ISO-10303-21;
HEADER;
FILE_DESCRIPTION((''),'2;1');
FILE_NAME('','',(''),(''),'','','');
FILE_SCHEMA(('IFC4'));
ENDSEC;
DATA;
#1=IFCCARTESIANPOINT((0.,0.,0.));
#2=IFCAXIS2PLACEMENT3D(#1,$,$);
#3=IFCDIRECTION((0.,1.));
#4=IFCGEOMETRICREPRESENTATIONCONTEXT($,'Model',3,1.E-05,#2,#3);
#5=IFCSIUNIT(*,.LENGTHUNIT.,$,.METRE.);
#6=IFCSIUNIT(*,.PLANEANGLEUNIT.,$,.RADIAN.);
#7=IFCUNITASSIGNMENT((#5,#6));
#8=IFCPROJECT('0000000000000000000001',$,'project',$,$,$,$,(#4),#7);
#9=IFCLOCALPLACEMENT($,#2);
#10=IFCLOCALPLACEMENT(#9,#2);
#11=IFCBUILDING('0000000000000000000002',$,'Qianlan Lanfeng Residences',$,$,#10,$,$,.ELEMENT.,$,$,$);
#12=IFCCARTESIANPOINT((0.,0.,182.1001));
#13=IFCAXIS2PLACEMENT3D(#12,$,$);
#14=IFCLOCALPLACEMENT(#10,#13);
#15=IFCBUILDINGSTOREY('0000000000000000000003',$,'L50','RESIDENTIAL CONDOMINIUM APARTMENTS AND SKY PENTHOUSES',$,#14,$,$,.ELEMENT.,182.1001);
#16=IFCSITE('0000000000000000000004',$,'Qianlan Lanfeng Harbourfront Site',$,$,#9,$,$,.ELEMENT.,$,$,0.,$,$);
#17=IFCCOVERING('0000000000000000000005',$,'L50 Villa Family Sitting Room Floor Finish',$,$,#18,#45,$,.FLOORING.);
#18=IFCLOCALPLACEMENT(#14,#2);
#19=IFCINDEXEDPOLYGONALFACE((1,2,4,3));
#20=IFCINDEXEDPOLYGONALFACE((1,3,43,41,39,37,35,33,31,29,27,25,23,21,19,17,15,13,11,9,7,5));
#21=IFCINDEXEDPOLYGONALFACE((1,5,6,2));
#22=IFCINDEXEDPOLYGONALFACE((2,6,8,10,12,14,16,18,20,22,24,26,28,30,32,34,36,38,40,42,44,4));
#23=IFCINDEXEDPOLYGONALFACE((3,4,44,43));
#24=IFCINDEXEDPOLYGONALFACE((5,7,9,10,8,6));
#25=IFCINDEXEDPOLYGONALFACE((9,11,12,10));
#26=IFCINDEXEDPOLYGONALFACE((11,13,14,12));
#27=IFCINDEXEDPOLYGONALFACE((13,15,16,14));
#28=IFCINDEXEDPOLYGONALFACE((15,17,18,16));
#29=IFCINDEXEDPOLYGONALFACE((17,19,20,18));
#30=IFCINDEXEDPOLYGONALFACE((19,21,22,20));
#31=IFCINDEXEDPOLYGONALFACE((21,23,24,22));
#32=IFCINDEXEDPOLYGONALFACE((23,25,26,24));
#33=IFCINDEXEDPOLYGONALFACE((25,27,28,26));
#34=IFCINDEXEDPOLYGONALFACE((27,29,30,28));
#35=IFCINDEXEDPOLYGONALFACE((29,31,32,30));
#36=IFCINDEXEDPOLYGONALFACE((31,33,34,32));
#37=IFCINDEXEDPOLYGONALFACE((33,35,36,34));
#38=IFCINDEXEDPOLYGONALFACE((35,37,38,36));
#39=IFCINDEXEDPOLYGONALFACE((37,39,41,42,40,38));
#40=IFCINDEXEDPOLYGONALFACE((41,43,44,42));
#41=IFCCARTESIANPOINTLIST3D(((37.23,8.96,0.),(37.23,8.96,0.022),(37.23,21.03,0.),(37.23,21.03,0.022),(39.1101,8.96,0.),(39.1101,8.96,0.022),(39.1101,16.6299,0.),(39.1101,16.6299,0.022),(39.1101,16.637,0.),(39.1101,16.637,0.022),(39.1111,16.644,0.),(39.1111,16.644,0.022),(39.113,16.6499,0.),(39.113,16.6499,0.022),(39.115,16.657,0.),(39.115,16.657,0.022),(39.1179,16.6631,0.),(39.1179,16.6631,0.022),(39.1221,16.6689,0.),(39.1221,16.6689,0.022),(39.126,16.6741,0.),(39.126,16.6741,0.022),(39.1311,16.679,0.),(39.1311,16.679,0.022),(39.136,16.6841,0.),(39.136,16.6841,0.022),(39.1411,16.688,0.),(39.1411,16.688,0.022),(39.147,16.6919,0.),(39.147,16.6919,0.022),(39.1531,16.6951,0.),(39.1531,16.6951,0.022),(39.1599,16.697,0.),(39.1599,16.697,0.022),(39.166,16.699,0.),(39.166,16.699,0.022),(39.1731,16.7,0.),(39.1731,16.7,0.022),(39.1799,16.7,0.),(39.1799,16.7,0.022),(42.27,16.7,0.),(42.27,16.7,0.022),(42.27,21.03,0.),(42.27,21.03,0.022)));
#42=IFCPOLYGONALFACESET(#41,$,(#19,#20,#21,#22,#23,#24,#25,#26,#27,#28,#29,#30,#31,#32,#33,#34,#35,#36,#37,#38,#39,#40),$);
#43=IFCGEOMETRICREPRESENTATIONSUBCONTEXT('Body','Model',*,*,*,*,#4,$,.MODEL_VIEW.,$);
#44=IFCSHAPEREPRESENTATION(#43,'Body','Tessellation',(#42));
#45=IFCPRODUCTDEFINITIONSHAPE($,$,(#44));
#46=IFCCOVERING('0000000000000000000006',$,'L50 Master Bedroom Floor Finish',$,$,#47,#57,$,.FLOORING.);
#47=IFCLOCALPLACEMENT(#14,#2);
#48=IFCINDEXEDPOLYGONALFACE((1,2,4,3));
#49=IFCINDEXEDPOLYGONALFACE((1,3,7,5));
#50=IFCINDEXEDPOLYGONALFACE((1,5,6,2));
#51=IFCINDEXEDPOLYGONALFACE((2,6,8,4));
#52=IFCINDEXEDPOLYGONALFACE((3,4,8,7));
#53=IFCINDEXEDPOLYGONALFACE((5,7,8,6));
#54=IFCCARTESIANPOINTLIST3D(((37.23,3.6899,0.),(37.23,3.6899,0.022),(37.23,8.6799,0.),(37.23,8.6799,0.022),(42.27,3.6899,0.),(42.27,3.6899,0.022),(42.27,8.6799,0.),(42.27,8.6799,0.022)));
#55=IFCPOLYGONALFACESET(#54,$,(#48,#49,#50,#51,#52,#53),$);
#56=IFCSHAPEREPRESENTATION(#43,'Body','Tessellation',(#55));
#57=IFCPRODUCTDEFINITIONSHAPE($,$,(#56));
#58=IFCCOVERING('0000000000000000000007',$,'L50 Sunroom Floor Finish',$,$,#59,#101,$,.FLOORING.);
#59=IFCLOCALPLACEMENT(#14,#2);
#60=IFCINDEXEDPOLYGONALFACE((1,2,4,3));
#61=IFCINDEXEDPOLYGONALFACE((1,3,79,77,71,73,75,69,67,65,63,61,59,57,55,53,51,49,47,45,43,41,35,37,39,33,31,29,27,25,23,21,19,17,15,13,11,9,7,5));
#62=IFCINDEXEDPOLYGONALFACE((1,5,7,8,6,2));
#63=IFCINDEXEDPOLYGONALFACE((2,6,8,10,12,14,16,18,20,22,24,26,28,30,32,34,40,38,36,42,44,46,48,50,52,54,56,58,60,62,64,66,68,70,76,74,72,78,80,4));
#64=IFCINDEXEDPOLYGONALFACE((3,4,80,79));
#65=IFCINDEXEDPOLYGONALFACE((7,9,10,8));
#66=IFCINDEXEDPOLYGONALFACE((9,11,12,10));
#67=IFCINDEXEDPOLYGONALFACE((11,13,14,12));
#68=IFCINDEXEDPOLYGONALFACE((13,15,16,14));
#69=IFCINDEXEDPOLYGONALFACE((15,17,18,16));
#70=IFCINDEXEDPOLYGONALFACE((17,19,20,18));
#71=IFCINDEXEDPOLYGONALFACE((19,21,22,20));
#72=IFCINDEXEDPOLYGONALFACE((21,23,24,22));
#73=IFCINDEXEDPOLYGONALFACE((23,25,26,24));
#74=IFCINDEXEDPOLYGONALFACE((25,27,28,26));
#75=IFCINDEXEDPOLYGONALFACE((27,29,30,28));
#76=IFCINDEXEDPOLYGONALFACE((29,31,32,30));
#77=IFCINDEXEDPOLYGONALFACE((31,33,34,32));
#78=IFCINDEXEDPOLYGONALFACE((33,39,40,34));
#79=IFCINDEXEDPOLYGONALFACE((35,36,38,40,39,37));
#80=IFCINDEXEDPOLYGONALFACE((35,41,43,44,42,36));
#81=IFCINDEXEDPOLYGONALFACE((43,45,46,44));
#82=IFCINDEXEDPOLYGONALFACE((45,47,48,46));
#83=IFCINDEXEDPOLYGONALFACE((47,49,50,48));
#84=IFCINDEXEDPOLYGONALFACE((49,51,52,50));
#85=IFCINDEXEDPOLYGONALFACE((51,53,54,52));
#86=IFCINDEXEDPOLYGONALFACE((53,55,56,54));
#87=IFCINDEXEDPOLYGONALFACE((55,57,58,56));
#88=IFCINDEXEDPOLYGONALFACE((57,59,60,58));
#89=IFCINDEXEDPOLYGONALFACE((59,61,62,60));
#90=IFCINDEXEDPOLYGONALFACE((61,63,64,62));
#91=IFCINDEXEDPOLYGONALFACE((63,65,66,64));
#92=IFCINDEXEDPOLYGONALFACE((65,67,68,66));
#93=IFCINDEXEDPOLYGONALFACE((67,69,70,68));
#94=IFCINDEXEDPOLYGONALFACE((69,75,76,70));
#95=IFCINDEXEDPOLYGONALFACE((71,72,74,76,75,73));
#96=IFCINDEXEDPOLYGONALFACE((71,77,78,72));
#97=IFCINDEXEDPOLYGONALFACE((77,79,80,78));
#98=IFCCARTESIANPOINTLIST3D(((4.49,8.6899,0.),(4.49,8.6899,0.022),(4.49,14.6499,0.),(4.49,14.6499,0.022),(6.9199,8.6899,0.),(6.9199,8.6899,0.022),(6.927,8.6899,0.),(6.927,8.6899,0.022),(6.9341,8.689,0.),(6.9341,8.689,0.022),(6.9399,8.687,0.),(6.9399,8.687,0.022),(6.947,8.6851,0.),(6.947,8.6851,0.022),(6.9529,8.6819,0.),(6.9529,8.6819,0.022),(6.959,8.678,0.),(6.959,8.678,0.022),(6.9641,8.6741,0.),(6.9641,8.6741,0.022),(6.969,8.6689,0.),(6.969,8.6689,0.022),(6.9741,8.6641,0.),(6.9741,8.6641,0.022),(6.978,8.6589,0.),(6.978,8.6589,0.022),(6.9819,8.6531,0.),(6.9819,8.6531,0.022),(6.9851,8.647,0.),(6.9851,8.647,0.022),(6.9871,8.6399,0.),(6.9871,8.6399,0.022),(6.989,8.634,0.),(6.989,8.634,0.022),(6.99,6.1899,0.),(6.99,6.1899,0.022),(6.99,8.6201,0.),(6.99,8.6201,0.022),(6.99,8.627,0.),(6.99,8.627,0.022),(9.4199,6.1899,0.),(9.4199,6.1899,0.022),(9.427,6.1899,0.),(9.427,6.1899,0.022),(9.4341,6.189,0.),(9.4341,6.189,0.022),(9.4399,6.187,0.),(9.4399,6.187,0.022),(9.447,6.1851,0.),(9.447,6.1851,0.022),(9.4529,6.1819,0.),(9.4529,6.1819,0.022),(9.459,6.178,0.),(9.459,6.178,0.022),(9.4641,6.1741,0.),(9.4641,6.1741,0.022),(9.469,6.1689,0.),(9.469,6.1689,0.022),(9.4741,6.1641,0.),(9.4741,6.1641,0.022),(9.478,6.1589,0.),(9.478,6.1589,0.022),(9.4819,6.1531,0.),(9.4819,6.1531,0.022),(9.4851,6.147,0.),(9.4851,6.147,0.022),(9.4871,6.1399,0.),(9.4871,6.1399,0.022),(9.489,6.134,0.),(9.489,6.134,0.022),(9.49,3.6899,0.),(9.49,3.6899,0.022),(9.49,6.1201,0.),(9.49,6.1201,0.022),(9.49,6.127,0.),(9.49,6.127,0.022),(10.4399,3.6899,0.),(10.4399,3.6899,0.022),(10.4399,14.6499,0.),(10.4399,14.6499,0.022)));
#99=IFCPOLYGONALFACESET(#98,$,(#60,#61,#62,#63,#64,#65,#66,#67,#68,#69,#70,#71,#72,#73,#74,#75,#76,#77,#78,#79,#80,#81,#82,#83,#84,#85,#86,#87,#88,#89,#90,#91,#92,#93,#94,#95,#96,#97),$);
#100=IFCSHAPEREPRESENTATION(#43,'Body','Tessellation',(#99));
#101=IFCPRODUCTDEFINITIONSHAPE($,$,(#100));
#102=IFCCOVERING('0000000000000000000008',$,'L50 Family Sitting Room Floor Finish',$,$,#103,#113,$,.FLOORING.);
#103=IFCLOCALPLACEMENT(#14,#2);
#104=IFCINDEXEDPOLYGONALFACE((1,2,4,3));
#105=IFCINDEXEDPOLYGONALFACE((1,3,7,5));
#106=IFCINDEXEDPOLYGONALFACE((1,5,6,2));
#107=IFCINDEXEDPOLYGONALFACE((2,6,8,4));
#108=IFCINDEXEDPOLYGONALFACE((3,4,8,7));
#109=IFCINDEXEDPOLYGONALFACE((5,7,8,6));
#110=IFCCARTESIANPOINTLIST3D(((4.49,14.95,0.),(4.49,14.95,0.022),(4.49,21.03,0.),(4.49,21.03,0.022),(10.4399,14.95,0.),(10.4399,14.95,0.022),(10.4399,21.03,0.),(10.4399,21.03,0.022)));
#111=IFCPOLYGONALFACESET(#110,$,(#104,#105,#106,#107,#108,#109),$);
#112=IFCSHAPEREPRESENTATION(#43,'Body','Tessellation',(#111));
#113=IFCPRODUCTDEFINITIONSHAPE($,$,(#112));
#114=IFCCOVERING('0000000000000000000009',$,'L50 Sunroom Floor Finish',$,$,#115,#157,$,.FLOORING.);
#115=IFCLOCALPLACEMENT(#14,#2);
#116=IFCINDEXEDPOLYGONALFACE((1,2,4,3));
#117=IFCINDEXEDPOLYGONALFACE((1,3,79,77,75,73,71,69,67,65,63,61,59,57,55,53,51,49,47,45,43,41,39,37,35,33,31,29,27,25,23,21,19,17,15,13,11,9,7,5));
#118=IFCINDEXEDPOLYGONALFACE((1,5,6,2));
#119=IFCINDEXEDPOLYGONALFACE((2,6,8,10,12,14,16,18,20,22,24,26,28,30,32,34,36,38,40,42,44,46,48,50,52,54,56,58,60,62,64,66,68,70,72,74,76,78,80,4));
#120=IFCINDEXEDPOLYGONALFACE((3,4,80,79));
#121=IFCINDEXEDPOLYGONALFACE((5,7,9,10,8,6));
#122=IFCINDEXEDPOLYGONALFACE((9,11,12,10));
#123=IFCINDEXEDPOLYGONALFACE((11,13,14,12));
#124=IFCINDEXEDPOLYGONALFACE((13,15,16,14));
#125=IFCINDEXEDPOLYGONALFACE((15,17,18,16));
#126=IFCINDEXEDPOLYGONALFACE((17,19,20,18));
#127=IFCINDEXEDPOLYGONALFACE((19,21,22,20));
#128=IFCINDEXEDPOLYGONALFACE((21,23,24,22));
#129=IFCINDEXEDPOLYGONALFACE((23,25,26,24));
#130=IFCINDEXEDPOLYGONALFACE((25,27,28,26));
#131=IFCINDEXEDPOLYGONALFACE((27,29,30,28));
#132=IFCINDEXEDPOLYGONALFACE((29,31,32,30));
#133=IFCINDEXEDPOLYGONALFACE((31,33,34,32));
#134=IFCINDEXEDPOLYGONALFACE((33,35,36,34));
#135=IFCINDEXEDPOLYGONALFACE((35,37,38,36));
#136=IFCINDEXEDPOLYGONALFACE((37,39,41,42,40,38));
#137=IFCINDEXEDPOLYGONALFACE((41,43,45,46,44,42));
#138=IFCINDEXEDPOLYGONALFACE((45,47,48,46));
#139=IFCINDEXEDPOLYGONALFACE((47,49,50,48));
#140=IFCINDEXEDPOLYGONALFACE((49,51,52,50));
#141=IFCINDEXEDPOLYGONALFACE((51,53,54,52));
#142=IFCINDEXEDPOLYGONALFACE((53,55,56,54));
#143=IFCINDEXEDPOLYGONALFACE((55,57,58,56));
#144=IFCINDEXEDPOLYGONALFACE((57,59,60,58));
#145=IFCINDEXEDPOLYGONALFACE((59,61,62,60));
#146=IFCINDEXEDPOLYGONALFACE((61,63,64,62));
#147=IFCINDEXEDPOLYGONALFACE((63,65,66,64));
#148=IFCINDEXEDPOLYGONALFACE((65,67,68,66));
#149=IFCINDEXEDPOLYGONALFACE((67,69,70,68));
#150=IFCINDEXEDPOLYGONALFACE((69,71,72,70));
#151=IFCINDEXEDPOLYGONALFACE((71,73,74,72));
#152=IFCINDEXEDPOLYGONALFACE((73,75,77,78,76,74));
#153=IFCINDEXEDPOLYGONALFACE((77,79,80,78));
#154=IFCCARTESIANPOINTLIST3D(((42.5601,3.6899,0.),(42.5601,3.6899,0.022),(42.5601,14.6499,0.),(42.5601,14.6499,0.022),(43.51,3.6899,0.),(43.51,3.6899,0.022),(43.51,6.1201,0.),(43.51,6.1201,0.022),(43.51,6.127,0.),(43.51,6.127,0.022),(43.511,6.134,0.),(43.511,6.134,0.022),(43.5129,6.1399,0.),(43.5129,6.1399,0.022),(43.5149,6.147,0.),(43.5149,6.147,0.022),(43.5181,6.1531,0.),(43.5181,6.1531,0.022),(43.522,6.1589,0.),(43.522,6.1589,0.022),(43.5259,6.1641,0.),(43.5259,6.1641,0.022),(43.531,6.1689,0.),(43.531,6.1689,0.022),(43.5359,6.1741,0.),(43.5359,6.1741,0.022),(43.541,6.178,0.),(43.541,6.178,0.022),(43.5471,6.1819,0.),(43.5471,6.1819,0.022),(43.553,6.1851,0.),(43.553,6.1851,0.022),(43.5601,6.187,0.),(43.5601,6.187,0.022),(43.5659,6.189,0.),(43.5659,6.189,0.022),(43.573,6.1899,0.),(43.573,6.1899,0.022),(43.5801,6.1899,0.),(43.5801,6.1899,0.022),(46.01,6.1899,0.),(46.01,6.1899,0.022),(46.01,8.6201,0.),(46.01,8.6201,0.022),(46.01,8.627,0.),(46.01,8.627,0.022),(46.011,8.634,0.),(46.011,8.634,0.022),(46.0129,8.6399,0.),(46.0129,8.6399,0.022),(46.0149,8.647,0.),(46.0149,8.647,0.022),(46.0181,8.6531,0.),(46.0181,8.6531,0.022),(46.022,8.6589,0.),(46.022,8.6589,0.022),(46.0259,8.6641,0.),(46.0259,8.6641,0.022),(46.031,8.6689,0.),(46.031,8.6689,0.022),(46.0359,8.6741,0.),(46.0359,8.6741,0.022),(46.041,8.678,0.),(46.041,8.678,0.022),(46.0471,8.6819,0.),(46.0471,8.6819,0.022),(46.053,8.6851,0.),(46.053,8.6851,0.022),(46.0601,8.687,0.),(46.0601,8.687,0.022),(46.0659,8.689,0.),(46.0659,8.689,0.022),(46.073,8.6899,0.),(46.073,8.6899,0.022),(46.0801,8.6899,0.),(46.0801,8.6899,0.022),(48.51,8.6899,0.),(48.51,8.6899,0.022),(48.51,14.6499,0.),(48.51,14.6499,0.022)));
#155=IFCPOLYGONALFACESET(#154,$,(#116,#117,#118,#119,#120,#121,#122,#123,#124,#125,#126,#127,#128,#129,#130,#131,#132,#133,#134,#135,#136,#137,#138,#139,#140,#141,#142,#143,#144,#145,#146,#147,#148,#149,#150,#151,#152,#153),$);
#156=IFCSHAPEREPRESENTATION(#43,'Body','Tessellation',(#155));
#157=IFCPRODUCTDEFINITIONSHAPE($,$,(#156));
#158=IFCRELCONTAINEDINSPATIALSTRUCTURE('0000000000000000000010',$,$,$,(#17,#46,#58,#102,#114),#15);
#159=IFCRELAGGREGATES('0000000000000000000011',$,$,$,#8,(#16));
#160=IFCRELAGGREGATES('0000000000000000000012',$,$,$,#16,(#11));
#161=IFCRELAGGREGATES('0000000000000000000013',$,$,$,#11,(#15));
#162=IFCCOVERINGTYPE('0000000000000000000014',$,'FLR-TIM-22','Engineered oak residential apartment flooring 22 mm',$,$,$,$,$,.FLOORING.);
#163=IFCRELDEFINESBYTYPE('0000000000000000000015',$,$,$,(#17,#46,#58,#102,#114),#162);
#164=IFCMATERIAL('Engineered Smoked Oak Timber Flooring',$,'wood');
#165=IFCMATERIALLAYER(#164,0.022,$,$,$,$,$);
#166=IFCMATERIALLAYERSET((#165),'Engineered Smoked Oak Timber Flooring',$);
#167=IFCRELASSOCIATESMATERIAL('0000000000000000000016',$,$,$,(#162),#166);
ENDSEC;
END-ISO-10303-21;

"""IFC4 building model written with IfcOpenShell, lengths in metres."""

from ifc_helpers import new_model, si_unit, direction, frame, origin, place, context, subcontext, project, spatial, polyline, outline, extrude, material, layer, layer_set, type_object, element, save


model = new_model("IFC4")

# Units and contexts
model_context = context("Model", 3, precision=1e-05, world=origin(), true_north=direction((0.0, 1.0)))
body_context = subcontext(model_context, "Body", "Model", "MODEL_VIEW")
ifc_project = project(units=[si_unit("LENGTHUNIT", "METRE"), si_unit("PLANEANGLEUNIT", "RADIAN")], contexts=[model_context])

# Site, building, storey
site_placement = place(None, origin())
site = spatial("IfcSite", under=ifc_project, at=site_placement, Name="Qianlan Lanfeng Harbourfront Site", CompositionType="ELEMENT", RefElevation=0.0)
building_placement = place(site_placement, origin())
building = spatial("IfcBuilding", under=site, at=building_placement, Name="Qianlan Lanfeng Residences", CompositionType="ELEMENT")
storey_placement = place(building_placement, frame((0.0, 0.0, 182.1001)))
storey = spatial("IfcBuildingStorey", under=building, at=storey_placement, Name="L50", Description="RESIDENTIAL CONDOMINIUM APARTMENTS AND SKY PENTHOUSES", CompositionType="ELEMENT", Elevation=182.1001)

# Coverings
ifc_material_1 = material(Name="Engineered Smoked Oak Timber Flooring", Category="wood")
ifc_layer_1 = layer(ifc_material_1, 0.022)
ifc_layer_set_1 = layer_set([ifc_layer_1], Name="Engineered Smoked Oak Timber Flooring")
covering_type_1 = type_object("IfcCoveringType", Name="FLR-TIM-22", Description="Engineered oak residential apartment flooring 22 mm", PredefinedType="FLOORING", material=ifc_layer_set_1)
covering_1_placement = place(storey_placement, origin())
element("IfcCovering", 1, at=covering_1_placement, inside=storey, type_object=covering_type_1, Name="L50 Villa Family Sitting Room Floor Finish", PredefinedType="FLOORING", context=body_context, shape_type="SweptSolid", body=[
    extrude(outline(polyline([(37.23, 8.96), (39.1101, 8.96), (39.1101, 16.6299), (39.1101, 16.637), (39.1111, 16.644), (39.113, 16.6499), (39.115, 16.657), (39.1179, 16.6631), (39.1221, 16.6689), (39.126, 16.6741), (39.1311, 16.679), (39.136, 16.6841), (39.1411, 16.688), (39.147, 16.6919), (39.1531, 16.6951), (39.1599, 16.697), (39.166, 16.699), (39.1731, 16.7), (39.1799, 16.7), (42.27, 16.7), (42.27, 21.03), (37.23, 21.03), (37.23, 8.96)])), origin(), (0.0, 0.0, 1.0), 0.022),
])
covering_2_placement = place(storey_placement, origin())
element("IfcCovering", 2, at=covering_2_placement, inside=storey, type_object=covering_type_1, Name="L50 Master Bedroom Floor Finish", PredefinedType="FLOORING", context=body_context, shape_type="SweptSolid", body=[
    extrude(outline(polyline([(37.23, 8.6799), (37.23, 3.6899), (42.27, 3.6899), (42.27, 8.6799), (37.23, 8.6799)])), origin(), (0.0, 0.0, 1.0), 0.022),
])
covering_3_placement = place(storey_placement, origin())
element("IfcCovering", 3, at=covering_3_placement, inside=storey, type_object=covering_type_1, Name="L50 Sunroom Floor Finish", PredefinedType="FLOORING", context=body_context, shape_type="SweptSolid", body=[
    extrude(outline(polyline([(10.4399, 14.6499), (4.49, 14.6499), (4.49, 8.6899), (6.9199, 8.6899), (6.927, 8.6899), (6.9341, 8.689), (6.9399, 8.687), (6.947, 8.6851), (6.9529, 8.6819), (6.959, 8.678), (6.9641, 8.6741), (6.969, 8.6689), (6.9741, 8.6641), (6.978, 8.6589), (6.9819, 8.6531), (6.9851, 8.647), (6.9871, 8.6399), (6.989, 8.634), (6.99, 8.627), (6.99, 8.6201), (6.99, 6.1899), (9.4199, 6.1899), (9.427, 6.1899), (9.4341, 6.189), (9.4399, 6.187), (9.447, 6.1851), (9.4529, 6.1819), (9.459, 6.178), (9.4641, 6.1741), (9.469, 6.1689), (9.4741, 6.1641), (9.478, 6.1589), (9.4819, 6.1531), (9.4851, 6.147), (9.4871, 6.1399), (9.489, 6.134), (9.49, 6.127), (9.49, 6.1201), (9.49, 3.6899), (10.4399, 3.6899), (10.4399, 14.6499)])), origin(), (0.0, 0.0, 1.0), 0.022),
])
covering_4_placement = place(storey_placement, origin())
element("IfcCovering", 4, at=covering_4_placement, inside=storey, type_object=covering_type_1, Name="L50 Family Sitting Room Floor Finish", PredefinedType="FLOORING", context=body_context, shape_type="SweptSolid", body=[
    extrude(outline(polyline([(10.4399, 21.03), (4.49, 21.03), (4.49, 14.95), (10.4399, 14.95), (10.4399, 21.03)])), origin(), (0.0, 0.0, 1.0), 0.022),
])
covering_5_placement = place(storey_placement, origin())
element("IfcCovering", 5, at=covering_5_placement, inside=storey, type_object=covering_type_1, Name="L50 Sunroom Floor Finish", PredefinedType="FLOORING", context=body_context, shape_type="SweptSolid", body=[
    extrude(outline(polyline([(48.51, 14.6499), (42.5601, 14.6499), (42.5601, 3.6899), (43.51, 3.6899), (43.51, 6.1201), (43.51, 6.127), (43.511, 6.134), (43.5129, 6.1399), (43.5149, 6.147), (43.5181, 6.1531), (43.522, 6.1589), (43.5259, 6.1641), (43.531, 6.1689), (43.5359, 6.1741), (43.541, 6.178), (43.5471, 6.1819), (43.553, 6.1851), (43.5601, 6.187), (43.5659, 6.189), (43.573, 6.1899), (43.5801, 6.1899), (46.01, 6.1899), (46.01, 8.6201), (46.01, 8.627), (46.011, 8.634), (46.0129, 8.6399), (46.0149, 8.647), (46.0181, 8.6531), (46.022, 8.6589), (46.0259, 8.6641), (46.031, 8.6689), (46.0359, 8.6741), (46.041, 8.678), (46.0471, 8.6819), (46.053, 8.6851), (46.0601, 8.687), (46.0659, 8.689), (46.073, 8.6899), (46.0801, 8.6899), (48.51, 8.6899), (48.51, 14.6499)])), origin(), (0.0, 0.0, 1.0), 0.022),
])

save(model, "model.ifc")
